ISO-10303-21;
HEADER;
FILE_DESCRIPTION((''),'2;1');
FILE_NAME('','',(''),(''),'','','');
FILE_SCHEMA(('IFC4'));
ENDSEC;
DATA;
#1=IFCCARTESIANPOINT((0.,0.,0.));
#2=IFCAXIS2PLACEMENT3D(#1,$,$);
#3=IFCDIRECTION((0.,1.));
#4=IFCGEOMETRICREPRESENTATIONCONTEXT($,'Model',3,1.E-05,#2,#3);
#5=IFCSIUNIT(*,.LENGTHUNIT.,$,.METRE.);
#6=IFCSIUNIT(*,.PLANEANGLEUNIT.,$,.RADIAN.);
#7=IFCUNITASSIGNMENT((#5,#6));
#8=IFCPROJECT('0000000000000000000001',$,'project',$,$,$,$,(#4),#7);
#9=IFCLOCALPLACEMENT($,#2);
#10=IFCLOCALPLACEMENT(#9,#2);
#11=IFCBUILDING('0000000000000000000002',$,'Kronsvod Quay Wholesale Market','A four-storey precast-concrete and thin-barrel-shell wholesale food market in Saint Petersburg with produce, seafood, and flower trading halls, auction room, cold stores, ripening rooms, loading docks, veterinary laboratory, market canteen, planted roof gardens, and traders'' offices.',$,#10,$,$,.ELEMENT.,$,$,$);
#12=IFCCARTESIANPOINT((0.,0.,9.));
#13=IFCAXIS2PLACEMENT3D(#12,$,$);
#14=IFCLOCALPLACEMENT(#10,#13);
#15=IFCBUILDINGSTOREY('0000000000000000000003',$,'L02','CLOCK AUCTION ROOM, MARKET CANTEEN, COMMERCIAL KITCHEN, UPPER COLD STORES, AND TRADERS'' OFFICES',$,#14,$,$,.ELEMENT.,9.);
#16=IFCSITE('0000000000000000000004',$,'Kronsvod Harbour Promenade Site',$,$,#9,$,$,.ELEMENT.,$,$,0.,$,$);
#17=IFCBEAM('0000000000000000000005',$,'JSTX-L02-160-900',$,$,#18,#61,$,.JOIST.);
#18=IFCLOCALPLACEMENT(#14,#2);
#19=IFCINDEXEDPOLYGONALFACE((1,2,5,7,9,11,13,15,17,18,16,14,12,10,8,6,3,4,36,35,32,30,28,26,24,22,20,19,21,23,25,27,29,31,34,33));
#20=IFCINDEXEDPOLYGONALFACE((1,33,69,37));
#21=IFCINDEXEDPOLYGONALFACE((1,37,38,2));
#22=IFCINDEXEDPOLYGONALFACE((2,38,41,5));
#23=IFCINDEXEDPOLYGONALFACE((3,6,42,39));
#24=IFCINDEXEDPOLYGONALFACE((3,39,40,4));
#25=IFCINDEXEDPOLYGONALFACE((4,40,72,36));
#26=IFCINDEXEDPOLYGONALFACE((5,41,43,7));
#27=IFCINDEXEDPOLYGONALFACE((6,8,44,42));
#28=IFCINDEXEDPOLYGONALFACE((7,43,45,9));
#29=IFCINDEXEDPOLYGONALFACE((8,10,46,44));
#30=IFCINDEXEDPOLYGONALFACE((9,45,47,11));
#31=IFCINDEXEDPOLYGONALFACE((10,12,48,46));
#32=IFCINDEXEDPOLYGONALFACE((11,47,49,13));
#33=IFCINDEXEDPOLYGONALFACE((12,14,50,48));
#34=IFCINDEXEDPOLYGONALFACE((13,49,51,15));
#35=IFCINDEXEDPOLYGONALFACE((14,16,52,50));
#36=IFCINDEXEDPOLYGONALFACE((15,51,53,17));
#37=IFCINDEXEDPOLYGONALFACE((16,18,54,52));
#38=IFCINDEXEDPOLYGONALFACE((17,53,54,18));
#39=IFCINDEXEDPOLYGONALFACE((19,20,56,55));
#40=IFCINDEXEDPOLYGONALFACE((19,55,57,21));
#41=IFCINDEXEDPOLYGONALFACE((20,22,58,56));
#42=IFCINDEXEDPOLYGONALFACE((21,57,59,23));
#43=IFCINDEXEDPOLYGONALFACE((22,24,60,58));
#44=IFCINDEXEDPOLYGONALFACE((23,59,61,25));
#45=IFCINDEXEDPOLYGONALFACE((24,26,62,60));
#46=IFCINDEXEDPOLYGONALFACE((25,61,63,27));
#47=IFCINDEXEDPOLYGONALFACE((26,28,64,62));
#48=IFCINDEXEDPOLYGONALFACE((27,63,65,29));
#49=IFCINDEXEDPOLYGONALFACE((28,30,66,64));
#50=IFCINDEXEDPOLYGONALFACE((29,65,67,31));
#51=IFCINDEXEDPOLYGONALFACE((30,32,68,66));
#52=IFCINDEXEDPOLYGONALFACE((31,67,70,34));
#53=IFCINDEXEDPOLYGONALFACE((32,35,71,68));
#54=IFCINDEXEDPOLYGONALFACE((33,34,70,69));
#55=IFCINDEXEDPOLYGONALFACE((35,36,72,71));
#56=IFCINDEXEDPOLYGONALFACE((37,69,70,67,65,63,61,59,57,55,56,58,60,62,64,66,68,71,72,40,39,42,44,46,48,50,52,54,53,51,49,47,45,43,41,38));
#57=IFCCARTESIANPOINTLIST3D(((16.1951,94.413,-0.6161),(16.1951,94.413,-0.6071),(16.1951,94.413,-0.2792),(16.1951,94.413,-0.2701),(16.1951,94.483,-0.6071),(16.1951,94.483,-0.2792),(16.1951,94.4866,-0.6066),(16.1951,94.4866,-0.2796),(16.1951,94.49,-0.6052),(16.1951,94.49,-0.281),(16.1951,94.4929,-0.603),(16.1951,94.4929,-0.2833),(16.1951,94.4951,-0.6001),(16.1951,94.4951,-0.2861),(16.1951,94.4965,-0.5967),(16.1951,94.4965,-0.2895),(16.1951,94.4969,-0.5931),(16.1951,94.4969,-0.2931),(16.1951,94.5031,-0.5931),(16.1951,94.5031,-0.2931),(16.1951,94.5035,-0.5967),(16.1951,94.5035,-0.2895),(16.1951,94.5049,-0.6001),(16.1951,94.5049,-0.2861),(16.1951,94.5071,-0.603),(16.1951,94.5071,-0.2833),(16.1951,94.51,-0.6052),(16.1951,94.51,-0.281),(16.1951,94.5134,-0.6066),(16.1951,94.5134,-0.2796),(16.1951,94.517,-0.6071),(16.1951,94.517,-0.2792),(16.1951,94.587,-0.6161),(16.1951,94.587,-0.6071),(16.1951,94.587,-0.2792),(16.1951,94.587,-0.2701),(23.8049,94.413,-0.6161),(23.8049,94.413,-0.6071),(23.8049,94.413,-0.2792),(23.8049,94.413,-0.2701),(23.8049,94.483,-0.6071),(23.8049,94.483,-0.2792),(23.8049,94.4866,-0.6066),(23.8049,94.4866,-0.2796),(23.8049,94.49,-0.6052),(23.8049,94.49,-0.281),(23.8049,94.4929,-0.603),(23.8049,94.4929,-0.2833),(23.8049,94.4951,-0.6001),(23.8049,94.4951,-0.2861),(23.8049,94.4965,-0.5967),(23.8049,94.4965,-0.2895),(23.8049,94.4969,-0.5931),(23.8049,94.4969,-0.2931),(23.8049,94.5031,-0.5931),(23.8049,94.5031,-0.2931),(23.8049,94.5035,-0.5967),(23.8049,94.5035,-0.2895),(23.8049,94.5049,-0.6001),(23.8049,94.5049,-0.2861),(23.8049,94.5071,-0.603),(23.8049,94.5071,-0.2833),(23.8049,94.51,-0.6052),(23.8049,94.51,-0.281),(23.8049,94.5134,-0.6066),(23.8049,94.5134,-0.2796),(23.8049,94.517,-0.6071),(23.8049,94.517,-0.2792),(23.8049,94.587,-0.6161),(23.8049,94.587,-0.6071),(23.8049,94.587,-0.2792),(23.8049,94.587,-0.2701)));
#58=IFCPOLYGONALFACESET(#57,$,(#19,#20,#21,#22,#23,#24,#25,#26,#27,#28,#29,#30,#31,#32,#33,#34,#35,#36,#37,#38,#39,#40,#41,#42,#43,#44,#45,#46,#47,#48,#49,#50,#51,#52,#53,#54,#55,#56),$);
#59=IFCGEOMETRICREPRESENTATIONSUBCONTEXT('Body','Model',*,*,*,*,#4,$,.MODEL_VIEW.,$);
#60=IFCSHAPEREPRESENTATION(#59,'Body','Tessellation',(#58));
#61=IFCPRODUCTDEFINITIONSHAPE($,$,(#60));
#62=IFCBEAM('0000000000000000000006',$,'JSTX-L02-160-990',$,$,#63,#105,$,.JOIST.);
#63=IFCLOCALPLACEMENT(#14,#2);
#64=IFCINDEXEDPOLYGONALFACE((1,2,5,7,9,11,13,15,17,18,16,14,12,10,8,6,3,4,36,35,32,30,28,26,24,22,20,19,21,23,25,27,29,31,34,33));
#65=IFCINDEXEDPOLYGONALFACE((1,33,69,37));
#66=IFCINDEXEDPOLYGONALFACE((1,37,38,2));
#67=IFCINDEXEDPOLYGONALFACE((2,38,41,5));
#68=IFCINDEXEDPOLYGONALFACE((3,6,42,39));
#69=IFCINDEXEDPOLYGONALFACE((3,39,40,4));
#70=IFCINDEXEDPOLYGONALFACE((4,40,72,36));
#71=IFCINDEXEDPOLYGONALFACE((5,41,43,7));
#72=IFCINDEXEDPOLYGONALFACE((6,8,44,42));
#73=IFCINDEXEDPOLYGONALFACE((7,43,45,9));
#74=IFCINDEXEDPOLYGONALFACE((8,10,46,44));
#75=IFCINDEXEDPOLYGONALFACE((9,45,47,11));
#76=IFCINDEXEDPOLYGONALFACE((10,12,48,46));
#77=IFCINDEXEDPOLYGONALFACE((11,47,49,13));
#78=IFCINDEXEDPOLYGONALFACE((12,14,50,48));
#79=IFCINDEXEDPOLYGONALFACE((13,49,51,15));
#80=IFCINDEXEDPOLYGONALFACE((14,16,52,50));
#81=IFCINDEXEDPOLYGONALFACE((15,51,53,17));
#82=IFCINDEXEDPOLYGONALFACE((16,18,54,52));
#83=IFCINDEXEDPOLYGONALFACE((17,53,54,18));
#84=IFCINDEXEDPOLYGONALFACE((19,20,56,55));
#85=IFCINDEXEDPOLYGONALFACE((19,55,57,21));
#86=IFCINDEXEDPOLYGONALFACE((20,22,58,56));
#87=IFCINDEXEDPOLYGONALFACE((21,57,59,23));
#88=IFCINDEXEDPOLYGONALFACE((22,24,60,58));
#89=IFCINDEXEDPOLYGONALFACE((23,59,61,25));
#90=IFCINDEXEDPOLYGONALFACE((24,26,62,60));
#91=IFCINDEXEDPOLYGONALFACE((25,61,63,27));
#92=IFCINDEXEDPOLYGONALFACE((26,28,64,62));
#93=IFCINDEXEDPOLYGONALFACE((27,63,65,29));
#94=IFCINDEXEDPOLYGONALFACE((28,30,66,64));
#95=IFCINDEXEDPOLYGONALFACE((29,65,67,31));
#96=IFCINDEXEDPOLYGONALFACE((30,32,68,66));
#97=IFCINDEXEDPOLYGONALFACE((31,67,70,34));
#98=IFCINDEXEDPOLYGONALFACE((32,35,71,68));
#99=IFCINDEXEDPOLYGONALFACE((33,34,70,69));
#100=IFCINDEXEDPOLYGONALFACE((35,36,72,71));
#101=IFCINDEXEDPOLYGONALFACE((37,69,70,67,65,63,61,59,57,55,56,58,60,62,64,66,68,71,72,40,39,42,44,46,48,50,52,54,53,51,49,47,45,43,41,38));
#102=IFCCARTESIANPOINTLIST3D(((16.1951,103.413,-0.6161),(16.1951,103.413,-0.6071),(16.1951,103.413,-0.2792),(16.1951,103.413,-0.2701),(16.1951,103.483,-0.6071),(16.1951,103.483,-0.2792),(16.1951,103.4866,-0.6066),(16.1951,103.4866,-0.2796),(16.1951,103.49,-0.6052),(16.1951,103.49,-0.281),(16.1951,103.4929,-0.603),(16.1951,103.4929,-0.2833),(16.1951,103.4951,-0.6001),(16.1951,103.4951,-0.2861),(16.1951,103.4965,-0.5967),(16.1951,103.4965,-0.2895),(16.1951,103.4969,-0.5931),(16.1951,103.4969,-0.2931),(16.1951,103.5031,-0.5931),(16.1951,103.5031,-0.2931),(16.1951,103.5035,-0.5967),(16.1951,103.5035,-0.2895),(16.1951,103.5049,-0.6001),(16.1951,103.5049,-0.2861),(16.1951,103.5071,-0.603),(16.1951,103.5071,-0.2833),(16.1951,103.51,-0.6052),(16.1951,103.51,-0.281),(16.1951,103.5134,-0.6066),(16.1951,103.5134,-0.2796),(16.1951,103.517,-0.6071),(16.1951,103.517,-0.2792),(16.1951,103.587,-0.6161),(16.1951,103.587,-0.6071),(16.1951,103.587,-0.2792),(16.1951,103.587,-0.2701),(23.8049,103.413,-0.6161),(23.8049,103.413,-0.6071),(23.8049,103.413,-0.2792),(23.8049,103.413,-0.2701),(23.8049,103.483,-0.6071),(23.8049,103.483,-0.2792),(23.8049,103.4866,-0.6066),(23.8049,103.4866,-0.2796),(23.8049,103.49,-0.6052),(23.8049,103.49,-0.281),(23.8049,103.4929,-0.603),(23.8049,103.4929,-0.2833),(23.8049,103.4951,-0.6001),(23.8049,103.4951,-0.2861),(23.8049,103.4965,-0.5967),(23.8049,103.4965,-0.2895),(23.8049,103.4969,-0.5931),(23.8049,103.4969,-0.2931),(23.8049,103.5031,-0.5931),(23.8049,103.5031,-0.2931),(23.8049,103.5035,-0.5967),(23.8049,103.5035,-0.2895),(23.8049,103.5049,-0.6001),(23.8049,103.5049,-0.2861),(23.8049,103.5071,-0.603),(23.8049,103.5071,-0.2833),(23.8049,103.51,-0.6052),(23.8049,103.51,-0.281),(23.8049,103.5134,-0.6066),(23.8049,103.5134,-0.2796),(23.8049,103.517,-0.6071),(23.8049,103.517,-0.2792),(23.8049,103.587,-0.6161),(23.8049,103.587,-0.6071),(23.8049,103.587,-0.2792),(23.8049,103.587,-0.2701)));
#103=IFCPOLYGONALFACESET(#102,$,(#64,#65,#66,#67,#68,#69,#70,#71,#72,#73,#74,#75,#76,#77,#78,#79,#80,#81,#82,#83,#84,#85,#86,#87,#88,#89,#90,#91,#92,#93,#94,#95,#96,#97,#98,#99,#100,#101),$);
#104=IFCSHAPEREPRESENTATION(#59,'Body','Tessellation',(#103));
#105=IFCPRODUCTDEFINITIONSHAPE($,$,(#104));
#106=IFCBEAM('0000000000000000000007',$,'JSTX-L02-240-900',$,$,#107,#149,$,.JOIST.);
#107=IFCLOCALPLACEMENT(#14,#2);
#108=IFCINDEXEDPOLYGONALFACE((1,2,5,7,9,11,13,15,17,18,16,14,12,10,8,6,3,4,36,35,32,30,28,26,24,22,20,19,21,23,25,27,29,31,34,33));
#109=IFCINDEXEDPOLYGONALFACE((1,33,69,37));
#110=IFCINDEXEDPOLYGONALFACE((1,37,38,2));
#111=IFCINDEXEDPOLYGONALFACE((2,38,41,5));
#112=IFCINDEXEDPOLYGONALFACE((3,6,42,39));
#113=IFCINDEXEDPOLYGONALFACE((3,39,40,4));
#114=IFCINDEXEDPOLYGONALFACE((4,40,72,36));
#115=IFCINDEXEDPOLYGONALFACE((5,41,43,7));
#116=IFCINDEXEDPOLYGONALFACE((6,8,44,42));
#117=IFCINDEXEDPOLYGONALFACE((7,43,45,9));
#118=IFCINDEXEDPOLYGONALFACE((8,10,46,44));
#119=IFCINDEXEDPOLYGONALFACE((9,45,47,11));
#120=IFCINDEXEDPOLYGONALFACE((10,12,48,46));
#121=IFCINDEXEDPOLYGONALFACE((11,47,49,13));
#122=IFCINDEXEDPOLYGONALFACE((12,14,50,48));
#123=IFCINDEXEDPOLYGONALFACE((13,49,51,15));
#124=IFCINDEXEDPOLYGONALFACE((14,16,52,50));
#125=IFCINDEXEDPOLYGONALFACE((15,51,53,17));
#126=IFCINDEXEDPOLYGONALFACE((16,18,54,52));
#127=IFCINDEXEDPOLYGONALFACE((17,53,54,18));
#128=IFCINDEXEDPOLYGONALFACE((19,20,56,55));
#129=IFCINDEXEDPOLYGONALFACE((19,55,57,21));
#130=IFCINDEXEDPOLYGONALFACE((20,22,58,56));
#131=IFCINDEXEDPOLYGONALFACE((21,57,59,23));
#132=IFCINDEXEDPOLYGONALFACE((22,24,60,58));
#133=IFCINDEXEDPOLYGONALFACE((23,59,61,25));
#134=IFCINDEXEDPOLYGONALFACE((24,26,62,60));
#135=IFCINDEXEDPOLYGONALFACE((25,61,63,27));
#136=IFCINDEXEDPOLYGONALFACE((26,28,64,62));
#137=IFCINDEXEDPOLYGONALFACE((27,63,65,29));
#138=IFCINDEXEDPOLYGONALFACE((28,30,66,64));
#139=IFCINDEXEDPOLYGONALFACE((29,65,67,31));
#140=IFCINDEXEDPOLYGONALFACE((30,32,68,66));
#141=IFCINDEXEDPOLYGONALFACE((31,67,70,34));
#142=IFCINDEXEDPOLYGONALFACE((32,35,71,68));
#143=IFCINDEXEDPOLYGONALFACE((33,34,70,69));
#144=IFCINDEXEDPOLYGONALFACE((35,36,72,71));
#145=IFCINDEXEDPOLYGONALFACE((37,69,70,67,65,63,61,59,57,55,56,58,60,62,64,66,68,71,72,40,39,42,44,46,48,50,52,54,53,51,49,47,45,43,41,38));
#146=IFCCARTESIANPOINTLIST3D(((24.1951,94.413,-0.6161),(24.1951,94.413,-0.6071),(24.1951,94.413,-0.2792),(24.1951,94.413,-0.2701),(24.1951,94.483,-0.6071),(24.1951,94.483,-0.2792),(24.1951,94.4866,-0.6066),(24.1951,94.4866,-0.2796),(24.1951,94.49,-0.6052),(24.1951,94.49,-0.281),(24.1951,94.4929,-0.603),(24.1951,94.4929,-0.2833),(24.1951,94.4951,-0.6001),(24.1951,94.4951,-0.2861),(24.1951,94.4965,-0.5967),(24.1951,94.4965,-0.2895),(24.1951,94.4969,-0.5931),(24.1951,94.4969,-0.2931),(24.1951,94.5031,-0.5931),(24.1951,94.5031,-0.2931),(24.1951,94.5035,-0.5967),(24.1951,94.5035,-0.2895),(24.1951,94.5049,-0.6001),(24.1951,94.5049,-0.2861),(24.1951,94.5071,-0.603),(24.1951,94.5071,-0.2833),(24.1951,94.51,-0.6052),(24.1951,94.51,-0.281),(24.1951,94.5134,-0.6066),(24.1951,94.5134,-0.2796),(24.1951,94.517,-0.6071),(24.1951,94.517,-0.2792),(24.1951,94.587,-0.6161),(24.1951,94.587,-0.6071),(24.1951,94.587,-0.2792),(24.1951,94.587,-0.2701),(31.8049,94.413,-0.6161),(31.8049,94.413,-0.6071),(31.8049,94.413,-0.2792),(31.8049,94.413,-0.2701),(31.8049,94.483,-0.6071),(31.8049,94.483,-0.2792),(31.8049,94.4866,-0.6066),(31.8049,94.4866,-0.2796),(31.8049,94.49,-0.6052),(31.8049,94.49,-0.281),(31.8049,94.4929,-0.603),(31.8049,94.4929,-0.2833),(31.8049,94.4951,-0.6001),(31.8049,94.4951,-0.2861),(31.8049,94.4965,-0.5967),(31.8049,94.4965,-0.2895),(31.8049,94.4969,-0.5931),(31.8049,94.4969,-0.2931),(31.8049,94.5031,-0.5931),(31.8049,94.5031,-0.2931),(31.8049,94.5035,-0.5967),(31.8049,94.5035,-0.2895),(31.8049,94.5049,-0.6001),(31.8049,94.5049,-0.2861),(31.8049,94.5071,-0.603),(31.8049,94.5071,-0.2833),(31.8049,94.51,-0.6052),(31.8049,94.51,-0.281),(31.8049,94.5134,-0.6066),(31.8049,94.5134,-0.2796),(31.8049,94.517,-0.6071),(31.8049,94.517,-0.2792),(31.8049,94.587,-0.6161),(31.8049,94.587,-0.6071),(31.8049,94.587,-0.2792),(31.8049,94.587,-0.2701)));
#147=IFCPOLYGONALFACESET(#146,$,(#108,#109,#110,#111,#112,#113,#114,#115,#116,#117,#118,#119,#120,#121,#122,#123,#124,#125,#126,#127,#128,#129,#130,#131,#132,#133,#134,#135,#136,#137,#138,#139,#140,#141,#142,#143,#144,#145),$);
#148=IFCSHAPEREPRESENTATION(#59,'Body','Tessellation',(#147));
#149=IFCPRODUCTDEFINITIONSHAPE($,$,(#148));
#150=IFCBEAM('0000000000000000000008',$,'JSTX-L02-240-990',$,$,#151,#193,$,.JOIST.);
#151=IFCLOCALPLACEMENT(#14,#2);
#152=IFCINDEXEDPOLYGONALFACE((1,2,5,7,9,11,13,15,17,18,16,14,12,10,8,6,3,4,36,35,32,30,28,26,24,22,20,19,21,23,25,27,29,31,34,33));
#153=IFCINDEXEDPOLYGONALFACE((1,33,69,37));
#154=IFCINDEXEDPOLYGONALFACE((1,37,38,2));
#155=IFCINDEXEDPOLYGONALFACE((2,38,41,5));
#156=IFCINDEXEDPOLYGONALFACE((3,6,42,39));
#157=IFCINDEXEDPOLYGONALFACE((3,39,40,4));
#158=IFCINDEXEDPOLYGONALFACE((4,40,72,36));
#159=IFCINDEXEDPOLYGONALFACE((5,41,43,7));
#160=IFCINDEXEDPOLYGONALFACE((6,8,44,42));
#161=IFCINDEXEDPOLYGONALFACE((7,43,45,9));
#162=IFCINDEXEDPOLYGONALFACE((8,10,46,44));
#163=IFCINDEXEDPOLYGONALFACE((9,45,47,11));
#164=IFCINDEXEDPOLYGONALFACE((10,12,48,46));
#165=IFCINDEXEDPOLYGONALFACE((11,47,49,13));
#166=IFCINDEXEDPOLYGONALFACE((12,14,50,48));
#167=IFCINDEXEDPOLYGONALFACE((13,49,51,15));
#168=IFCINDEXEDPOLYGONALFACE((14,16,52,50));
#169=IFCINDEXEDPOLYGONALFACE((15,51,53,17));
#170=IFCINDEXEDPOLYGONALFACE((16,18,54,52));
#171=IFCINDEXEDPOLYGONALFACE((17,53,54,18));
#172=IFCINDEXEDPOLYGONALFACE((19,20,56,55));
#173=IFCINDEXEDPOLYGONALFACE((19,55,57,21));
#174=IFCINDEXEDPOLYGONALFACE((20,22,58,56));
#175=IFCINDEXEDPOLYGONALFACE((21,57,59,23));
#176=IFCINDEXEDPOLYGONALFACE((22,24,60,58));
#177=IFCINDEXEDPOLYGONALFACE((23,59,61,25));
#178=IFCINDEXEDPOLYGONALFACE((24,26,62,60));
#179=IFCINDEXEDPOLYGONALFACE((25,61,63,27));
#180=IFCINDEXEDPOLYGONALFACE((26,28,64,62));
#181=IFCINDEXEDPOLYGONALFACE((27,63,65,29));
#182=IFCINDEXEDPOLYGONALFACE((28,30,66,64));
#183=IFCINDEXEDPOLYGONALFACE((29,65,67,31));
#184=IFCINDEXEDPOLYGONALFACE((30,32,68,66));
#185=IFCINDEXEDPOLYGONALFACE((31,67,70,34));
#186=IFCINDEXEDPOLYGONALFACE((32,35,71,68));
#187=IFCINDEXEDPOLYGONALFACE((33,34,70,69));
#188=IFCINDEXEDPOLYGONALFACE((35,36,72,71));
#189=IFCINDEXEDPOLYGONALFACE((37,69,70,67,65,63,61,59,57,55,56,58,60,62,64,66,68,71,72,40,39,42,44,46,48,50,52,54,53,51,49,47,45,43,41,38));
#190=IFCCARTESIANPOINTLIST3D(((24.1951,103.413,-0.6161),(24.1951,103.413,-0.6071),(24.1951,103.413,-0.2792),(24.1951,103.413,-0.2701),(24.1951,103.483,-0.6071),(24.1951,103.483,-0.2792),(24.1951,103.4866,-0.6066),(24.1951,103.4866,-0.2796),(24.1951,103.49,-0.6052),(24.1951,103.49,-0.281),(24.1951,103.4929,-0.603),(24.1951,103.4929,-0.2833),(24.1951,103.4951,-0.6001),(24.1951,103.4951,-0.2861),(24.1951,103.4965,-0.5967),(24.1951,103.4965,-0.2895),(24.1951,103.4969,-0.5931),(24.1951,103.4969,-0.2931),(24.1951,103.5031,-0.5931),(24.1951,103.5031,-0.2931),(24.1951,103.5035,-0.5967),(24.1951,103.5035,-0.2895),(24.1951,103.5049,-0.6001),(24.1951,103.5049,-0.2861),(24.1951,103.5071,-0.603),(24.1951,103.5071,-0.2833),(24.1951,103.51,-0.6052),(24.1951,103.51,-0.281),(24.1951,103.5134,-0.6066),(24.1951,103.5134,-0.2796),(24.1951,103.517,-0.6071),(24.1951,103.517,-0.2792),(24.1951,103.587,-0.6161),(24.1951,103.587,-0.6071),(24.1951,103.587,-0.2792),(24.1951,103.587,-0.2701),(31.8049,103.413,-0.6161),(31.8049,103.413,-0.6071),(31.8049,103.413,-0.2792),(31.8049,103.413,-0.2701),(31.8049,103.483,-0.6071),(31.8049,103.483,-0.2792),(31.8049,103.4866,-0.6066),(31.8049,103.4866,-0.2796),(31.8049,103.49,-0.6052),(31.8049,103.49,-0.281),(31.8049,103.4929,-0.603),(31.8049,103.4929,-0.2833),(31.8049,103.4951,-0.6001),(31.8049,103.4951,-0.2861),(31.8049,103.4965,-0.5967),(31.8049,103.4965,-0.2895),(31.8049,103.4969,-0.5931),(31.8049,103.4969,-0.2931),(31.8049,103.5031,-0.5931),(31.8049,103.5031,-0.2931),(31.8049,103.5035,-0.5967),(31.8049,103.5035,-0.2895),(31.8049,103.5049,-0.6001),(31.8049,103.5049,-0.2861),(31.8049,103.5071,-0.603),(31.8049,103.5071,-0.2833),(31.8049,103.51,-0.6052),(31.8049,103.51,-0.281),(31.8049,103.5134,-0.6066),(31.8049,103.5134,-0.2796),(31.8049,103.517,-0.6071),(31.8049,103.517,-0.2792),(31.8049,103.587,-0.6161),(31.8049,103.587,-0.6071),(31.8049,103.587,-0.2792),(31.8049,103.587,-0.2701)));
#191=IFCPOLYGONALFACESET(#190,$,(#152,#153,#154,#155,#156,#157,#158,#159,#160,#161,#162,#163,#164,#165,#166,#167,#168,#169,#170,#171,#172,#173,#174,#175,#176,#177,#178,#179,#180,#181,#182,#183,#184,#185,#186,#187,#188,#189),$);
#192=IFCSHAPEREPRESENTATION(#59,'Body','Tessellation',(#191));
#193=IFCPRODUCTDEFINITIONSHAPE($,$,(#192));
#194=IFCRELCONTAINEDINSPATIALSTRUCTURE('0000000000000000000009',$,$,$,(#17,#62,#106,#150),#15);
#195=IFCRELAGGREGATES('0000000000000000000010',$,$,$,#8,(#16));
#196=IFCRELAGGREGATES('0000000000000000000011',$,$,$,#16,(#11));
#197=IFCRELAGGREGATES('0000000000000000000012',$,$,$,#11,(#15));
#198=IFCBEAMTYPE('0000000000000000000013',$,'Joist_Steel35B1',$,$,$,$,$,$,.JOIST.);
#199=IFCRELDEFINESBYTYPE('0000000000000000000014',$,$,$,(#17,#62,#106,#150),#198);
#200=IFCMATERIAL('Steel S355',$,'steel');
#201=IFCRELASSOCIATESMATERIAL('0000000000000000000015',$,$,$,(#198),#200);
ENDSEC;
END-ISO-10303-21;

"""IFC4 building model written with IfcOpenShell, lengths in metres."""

from ifc_helpers import new_model, si_unit, direction, frame, origin, origin_2d, place, context, subcontext, project, spatial, i_section, extrude, material, material_profile, profile_set, type_object, element, save


model = new_model("IFC4")

# Units and contexts
model_context = context("Model", 3, precision=1e-05, world=origin(), true_north=direction((0.0, 1.0)))
body_context = subcontext(model_context, "Body", "Model", "MODEL_VIEW")
ifc_project = project(units=[si_unit("LENGTHUNIT", "METRE"), si_unit("PLANEANGLEUNIT", "RADIAN")], contexts=[model_context])

# Site, building, storey
site_placement = place(None, origin())
site = spatial("IfcSite", under=ifc_project, at=site_placement, Name="Kronsvod Harbour Promenade Site", CompositionType="ELEMENT", RefElevation=0.0)
building_placement = place(site_placement, origin())
building = spatial("IfcBuilding", under=site, at=building_placement, Name="Kronsvod Quay Wholesale Market", Description="A four-storey precast-concrete and thin-barrel-shell wholesale food market in Saint Petersburg with produce, seafood, and flower trading halls, auction room, cold stores, ripening rooms, loading docks, veterinary laboratory, market canteen, planted roof gardens, and traders' offices.", CompositionType="ELEMENT")
storey_placement = place(building_placement, frame((0.0, 0.0, 9.0)))
storey = spatial("IfcBuildingStorey", under=building, at=storey_placement, Name="L02", Description="CLOCK AUCTION ROOM, MARKET CANTEEN, COMMERCIAL KITCHEN, UPPER COLD STORES, AND TRADERS' OFFICES", CompositionType="ELEMENT", Elevation=9.0)

# Beams
ifc_material_1 = material(Name="Steel S355", Category="steel")
ifc_material_profile_1 = material_profile(ifc_material_1, i_section(OverallWidth=0.1741, OverallDepth=0.3459, WebThickness=0.0061, FlangeThickness=0.009, FilletRadius=0.0139, at=origin_2d()), Name="35B1")
ifc_profile_set_1 = profile_set([ifc_material_profile_1], Name="Steel S355")
beam_type_1 = type_object("IfcBeamType", Name="Joist_Steel35B1", PredefinedType="JOIST", material=ifc_profile_set_1)
for number, where, z_axis, x_axis, name in (
    (1, (16.1951, 94.5, -0.4431), (1.0, 0.0, 0.0), (0.0, 1.0, 0.0), "JSTX-L02-160-900"),
    (2, (16.1951, 103.5, -0.4431), (1.0, 0.0, 0.0), (0.0, 1.0, 0.0), "JSTX-L02-160-990"),
    (3, (24.1951, 94.5, -0.4431), (1.0, 0.0, 0.0), (0.0, 1.0, 0.0), "JSTX-L02-240-900"),
    (4, (24.1951, 103.5, -0.4431), (1.0, 0.0, 0.0), (0.0, 1.0, 0.0), "JSTX-L02-240-990"),
):
    element("IfcBeam", number, at=place(storey_placement, frame(where, z_axis=z_axis, x_axis=x_axis)), inside=storey, type_object=beam_type_1, Name=name, PredefinedType="JOIST", context=body_context, shape_type="SweptSolid", body=[
        extrude(i_section(OverallWidth=0.1741, OverallDepth=0.3459, WebThickness=0.0061, FlangeThickness=0.009, FilletRadius=0.0139, at=origin_2d()), origin(), (0.0, 0.0, 1.0), 7.6099),
    ])

save(model, "model.ifc")
